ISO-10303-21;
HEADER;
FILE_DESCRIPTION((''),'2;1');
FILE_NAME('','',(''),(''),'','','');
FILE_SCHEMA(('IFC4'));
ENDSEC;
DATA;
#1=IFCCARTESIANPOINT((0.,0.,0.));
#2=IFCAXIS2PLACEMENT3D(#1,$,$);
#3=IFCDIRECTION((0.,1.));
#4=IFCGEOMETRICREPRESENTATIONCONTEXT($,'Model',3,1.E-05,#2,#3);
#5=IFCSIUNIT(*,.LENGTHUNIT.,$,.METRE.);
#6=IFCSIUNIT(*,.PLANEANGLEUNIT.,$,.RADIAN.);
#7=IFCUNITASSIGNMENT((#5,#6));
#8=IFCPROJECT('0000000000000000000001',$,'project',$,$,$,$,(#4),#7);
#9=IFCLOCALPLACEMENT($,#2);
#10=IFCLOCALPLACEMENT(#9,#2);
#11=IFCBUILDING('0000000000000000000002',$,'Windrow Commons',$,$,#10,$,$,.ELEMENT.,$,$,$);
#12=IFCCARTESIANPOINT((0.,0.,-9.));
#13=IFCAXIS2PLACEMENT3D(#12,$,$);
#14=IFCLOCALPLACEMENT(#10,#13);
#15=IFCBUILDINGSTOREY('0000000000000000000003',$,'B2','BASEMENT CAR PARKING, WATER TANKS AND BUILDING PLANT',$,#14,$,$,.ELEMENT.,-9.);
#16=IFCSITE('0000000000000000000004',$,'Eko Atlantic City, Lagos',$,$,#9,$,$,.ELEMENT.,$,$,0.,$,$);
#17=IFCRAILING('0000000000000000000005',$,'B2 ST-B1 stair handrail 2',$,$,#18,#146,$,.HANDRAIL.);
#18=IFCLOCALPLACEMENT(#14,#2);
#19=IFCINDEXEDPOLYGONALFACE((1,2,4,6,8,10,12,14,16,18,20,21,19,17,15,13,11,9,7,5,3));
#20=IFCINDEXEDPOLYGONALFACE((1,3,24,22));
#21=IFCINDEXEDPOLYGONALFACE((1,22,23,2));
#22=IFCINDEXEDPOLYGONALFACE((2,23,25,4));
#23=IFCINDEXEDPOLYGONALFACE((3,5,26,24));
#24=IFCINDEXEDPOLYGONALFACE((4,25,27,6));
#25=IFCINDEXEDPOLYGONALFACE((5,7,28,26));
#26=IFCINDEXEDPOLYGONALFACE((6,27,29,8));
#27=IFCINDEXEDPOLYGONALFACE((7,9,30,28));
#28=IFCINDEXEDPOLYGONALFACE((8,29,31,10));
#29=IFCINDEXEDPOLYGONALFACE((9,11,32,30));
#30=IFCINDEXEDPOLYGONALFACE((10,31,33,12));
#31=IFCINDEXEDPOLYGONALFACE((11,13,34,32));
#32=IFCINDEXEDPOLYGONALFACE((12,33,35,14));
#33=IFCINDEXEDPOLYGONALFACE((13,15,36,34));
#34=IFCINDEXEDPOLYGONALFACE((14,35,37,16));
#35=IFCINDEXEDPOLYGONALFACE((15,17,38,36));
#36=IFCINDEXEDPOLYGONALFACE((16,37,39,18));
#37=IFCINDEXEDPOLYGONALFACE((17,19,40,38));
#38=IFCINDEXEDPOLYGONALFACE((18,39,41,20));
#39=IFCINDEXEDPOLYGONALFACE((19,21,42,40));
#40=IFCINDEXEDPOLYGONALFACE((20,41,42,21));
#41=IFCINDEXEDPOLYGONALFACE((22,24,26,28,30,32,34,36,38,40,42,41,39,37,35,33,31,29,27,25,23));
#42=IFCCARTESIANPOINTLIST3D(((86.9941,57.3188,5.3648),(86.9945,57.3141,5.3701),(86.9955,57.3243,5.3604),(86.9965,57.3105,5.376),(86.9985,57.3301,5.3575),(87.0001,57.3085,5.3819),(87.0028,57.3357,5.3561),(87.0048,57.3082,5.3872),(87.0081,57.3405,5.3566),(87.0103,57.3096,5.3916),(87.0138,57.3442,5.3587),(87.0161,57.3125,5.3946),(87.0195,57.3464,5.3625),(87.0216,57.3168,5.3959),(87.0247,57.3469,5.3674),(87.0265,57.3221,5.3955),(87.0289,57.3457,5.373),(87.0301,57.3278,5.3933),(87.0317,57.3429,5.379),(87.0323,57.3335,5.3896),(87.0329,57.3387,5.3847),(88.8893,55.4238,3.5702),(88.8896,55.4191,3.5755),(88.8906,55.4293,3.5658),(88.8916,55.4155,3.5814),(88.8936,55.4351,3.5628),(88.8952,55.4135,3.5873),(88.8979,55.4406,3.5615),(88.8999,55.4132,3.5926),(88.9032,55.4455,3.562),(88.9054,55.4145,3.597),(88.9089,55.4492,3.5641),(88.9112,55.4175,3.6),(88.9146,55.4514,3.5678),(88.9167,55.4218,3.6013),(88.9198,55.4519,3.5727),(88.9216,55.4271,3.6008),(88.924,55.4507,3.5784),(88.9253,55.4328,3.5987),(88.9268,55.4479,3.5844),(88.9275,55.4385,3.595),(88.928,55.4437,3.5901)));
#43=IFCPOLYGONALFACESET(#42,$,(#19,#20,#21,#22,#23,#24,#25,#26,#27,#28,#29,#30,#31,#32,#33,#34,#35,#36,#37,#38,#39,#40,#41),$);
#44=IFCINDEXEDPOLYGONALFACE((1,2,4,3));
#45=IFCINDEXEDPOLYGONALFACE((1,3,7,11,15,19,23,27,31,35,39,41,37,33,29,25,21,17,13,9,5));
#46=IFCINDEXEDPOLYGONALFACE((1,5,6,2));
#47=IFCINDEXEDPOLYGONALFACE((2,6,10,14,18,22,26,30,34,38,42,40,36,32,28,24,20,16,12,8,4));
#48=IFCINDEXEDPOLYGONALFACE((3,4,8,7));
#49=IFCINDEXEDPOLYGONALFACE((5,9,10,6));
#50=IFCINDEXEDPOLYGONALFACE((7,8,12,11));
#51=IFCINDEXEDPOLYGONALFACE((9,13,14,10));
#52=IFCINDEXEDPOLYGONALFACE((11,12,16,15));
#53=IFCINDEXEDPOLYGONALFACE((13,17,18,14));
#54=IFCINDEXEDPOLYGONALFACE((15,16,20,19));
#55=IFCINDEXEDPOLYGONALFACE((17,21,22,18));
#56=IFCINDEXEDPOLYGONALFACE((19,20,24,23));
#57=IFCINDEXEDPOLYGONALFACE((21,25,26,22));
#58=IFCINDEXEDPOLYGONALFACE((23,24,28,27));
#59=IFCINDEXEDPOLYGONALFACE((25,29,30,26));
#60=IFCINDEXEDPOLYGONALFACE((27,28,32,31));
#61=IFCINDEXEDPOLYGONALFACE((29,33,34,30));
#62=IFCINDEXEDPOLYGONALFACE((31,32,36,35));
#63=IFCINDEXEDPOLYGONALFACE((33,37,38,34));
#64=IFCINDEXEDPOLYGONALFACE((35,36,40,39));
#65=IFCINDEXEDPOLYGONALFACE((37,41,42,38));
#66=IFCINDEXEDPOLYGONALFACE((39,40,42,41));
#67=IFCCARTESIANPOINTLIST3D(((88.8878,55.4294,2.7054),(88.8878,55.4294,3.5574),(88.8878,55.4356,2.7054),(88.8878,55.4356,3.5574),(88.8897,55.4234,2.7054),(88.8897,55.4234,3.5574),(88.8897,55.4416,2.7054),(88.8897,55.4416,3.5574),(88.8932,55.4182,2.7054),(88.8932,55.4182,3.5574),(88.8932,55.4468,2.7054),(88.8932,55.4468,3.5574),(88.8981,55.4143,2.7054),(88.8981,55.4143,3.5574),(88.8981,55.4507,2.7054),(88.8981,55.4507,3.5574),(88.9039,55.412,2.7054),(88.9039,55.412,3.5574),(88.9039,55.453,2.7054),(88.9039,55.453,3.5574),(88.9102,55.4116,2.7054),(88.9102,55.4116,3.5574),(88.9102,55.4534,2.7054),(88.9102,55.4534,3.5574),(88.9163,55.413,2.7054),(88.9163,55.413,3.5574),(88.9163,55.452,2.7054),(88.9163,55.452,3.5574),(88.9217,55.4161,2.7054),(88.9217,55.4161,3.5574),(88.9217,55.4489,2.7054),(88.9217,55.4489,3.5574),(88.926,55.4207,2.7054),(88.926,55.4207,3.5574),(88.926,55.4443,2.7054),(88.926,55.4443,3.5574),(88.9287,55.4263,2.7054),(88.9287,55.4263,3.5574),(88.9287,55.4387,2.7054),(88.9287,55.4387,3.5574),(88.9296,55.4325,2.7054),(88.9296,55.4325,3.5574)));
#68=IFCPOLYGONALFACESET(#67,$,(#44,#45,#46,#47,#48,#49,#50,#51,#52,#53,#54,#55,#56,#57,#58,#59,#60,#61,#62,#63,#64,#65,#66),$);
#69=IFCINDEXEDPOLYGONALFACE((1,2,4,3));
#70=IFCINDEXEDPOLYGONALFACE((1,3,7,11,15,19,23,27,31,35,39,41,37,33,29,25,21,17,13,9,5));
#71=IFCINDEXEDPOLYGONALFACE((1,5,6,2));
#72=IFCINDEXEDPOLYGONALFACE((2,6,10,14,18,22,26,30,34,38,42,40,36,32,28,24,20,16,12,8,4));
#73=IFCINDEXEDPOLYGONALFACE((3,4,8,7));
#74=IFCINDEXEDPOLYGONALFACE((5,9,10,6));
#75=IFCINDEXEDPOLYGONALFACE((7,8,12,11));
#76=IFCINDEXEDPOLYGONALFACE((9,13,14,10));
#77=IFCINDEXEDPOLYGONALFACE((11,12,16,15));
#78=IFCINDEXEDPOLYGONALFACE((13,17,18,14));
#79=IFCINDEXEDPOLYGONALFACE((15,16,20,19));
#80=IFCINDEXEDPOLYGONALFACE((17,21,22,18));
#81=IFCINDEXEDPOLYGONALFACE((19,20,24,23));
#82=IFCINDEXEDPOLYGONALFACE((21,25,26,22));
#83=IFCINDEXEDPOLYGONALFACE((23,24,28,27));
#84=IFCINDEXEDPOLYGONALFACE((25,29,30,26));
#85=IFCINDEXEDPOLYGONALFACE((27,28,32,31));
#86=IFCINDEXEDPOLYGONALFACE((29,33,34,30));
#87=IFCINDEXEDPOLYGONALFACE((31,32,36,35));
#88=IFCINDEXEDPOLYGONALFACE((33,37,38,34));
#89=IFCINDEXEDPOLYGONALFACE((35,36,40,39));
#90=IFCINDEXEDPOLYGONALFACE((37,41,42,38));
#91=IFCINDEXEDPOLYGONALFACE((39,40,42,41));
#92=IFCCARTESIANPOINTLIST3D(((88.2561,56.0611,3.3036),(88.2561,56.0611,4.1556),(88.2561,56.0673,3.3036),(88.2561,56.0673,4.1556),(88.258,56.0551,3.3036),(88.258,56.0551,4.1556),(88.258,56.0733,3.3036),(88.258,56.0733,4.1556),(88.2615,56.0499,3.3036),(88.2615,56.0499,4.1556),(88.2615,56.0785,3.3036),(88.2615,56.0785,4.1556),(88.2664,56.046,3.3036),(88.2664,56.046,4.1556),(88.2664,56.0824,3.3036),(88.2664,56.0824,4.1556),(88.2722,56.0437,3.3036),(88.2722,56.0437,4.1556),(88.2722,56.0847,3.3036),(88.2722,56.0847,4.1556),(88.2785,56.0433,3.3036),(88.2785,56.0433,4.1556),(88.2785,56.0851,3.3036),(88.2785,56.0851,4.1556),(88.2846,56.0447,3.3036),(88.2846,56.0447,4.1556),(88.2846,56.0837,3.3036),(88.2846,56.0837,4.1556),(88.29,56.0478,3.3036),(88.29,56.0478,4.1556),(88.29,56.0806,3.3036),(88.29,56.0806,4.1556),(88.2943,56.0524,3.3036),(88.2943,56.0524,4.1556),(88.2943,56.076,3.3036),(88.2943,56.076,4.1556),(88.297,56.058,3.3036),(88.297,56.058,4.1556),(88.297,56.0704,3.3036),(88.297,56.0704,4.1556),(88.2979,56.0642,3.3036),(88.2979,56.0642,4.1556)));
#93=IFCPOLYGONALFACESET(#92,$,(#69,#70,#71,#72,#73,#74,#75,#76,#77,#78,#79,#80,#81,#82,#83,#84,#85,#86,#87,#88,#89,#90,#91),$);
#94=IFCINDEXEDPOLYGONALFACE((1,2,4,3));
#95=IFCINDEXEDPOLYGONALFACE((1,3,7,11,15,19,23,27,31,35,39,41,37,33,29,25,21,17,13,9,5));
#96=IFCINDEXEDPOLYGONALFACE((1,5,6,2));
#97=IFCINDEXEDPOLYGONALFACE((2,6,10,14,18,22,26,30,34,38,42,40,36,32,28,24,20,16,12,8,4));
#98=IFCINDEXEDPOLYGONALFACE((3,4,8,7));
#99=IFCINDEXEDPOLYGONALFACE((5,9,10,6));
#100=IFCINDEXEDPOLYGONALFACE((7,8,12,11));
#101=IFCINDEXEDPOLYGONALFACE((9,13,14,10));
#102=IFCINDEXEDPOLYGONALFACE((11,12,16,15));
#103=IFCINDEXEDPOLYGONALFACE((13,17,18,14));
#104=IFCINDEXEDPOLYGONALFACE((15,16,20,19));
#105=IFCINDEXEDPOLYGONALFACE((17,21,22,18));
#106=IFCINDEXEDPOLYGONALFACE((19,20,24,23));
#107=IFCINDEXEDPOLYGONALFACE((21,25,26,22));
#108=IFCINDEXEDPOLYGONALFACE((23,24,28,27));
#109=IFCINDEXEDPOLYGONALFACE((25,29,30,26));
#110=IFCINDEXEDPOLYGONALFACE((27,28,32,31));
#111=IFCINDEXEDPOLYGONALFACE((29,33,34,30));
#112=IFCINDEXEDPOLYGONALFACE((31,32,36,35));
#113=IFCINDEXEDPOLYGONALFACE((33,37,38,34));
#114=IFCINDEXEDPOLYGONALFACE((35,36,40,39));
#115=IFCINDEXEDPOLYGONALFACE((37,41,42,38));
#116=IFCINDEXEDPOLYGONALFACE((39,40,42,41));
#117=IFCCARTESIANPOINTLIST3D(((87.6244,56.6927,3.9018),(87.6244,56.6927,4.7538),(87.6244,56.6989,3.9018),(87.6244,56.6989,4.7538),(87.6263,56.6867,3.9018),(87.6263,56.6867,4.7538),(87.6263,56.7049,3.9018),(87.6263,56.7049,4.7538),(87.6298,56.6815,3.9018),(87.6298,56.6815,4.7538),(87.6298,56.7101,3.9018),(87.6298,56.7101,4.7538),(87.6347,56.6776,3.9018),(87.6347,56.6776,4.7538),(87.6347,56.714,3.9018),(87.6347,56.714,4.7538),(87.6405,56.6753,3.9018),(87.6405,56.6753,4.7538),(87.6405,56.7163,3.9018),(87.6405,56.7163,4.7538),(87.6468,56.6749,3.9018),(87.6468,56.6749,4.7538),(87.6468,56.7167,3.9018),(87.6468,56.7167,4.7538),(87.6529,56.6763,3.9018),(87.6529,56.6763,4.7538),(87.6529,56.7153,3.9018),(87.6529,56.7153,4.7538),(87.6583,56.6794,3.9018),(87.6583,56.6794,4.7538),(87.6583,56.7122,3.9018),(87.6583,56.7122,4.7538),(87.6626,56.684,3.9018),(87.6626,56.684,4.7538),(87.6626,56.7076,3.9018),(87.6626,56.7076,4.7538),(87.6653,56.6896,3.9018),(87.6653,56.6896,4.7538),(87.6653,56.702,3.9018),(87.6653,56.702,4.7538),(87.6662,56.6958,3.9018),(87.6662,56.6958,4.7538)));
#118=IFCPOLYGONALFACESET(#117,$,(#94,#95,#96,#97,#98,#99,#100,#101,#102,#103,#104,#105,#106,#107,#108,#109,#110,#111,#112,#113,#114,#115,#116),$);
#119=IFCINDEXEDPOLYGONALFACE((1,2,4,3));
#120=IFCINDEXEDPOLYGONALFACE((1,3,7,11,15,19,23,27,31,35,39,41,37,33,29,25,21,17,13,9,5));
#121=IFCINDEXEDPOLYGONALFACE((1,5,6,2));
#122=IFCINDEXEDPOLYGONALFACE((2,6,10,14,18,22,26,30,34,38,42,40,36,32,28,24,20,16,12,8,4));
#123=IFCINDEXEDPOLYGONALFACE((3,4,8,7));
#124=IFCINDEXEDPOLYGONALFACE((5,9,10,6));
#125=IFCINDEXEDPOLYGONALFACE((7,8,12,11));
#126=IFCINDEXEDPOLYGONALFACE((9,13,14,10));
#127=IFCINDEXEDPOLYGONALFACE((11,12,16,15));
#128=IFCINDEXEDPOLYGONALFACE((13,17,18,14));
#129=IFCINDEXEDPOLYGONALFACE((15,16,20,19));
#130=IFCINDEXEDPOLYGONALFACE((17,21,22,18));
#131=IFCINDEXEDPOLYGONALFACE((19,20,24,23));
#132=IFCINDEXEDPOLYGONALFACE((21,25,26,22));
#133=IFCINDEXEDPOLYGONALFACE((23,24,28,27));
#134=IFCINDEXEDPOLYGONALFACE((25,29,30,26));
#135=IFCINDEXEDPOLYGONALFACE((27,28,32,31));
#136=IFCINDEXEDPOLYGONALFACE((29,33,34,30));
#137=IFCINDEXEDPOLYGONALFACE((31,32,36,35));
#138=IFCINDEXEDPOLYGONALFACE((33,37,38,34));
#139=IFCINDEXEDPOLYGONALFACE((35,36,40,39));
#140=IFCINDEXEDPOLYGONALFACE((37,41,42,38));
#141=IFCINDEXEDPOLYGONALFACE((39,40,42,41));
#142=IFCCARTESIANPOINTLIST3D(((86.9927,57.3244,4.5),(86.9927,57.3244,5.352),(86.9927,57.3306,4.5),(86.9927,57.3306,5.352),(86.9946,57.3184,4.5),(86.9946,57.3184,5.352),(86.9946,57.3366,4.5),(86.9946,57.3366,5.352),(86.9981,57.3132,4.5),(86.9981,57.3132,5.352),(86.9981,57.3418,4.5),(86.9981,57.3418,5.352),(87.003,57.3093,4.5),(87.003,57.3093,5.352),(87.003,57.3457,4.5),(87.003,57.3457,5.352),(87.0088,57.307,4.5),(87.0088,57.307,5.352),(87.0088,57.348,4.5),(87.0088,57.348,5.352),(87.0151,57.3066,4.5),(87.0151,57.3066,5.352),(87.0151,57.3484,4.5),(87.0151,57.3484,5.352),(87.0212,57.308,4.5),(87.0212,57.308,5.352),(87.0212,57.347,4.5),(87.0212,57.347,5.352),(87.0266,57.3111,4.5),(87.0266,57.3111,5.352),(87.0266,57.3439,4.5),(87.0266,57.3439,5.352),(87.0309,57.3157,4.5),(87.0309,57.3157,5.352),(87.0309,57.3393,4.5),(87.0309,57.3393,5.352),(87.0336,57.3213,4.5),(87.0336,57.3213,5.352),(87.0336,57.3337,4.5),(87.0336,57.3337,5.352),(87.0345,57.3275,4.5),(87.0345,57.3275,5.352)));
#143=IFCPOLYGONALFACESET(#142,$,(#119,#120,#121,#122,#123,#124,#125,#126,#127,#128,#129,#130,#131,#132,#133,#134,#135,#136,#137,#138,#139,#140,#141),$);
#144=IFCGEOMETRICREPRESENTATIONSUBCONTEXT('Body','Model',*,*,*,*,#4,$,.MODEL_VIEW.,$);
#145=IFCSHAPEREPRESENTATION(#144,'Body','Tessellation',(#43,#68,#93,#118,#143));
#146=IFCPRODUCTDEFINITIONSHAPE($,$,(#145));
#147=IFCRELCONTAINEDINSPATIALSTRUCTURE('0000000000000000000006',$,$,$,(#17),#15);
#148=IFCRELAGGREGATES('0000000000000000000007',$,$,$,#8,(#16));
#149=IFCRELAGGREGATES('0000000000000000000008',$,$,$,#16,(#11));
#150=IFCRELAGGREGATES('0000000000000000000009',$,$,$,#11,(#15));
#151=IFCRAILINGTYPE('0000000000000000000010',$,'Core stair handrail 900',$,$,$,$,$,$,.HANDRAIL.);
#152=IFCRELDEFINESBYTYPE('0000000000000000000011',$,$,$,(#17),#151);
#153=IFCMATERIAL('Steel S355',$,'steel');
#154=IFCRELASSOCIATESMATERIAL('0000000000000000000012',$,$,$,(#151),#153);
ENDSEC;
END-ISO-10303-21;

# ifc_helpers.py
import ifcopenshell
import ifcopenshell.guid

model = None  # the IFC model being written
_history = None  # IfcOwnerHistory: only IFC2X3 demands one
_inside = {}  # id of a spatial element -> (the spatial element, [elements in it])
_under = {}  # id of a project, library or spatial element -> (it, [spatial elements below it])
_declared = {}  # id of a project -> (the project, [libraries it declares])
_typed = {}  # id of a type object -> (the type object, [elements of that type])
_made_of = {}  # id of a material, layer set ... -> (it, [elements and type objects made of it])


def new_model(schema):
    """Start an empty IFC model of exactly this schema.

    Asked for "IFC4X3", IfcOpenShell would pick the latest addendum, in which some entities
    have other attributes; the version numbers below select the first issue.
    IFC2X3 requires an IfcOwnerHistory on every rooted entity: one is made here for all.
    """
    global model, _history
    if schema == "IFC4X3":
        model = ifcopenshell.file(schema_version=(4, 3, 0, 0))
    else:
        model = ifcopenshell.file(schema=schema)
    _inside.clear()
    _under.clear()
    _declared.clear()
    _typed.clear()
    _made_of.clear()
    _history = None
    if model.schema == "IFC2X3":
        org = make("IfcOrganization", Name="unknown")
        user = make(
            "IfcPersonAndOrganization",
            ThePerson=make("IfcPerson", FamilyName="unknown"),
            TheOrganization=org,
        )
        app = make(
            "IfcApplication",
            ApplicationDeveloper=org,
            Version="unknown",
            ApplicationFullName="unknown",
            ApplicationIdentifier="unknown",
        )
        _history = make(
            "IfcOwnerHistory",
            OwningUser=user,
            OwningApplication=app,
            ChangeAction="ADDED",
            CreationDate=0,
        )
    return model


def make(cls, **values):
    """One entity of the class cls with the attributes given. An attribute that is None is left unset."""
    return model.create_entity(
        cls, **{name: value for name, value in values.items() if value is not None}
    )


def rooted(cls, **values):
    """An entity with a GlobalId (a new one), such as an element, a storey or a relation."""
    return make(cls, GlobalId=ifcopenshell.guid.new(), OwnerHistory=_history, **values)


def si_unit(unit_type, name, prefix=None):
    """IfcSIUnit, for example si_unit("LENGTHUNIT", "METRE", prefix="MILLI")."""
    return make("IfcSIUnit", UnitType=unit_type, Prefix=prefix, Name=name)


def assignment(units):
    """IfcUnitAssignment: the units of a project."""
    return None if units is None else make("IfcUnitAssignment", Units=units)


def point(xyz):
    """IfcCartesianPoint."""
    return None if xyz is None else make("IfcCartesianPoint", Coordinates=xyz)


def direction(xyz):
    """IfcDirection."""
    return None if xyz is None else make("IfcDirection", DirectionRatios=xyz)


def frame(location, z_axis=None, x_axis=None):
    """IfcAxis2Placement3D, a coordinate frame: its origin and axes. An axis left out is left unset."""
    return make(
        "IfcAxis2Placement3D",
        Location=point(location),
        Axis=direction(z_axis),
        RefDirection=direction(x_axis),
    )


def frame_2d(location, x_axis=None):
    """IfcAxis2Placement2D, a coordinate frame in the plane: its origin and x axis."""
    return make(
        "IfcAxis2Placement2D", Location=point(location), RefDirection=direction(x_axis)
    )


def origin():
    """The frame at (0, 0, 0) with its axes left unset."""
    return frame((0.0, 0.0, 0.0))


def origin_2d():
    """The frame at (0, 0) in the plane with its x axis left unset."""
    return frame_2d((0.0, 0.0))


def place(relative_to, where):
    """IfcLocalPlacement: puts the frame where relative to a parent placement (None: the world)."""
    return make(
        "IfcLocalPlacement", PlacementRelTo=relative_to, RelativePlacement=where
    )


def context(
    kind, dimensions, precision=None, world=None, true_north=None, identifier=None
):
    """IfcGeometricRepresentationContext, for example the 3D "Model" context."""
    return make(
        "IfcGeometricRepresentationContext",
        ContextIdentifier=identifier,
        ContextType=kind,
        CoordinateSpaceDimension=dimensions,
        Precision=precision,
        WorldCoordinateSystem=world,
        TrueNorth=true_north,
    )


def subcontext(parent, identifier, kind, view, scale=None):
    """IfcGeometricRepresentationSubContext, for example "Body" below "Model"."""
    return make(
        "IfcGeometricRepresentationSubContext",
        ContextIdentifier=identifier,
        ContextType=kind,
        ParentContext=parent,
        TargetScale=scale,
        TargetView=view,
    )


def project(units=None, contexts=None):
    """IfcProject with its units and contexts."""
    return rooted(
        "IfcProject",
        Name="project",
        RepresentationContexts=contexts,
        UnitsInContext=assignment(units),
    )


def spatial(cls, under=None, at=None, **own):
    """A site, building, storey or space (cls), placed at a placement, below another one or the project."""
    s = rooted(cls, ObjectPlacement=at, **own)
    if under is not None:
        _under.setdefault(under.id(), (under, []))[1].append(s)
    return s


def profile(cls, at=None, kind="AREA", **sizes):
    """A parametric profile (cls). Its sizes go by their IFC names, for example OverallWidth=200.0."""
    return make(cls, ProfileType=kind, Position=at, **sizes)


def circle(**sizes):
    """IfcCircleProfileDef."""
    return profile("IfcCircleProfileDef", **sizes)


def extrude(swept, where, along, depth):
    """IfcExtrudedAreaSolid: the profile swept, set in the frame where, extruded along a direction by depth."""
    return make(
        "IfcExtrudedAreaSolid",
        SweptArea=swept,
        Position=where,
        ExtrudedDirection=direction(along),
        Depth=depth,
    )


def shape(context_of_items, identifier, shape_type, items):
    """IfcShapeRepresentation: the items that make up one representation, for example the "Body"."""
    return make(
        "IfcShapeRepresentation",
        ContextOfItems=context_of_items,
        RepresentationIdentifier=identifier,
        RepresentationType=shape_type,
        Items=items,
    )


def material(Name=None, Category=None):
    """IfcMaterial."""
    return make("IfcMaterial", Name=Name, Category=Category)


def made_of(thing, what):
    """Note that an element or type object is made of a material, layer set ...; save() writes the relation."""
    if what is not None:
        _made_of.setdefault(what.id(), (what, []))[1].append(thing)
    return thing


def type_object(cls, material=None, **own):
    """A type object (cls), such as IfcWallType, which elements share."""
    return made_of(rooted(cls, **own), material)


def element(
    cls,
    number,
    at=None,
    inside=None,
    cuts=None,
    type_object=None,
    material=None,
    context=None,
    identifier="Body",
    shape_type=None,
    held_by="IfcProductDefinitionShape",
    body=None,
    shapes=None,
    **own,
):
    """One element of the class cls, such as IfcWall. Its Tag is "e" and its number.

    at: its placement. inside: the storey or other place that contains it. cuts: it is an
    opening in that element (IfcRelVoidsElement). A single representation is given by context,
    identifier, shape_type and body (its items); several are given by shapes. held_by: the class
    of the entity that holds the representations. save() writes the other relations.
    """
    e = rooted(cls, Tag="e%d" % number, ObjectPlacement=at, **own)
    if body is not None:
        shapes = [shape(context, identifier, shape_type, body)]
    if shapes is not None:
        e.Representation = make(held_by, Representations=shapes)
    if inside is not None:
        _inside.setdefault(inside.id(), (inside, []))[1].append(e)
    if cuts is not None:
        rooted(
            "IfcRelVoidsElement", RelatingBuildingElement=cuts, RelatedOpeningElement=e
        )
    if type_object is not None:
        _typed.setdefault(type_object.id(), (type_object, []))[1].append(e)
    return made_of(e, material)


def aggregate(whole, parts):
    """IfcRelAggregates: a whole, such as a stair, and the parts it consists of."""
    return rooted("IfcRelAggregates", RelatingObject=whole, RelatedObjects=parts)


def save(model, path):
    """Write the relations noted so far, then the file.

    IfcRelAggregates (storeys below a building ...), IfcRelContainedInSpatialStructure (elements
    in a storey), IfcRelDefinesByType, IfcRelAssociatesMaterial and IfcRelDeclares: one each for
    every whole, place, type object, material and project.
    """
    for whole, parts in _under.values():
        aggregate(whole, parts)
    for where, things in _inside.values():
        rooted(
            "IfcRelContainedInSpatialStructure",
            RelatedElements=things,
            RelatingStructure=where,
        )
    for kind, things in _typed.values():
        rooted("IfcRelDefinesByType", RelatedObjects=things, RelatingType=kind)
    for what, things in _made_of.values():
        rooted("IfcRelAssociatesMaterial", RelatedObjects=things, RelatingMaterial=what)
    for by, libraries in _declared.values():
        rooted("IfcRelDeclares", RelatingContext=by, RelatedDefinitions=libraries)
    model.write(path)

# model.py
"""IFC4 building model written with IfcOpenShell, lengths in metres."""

from ifc_helpers import new_model, si_unit, direction, frame, origin, origin_2d, place, context, subcontext, project, spatial, circle, extrude, material, type_object, element, save


model = new_model("IFC4")

# Units and contexts
model_context = context("Model", 3, precision=1e-05, world=origin(), true_north=direction((0.0, 1.0)))
body_context = subcontext(model_context, "Body", "Model", "MODEL_VIEW")
ifc_project = project(units=[si_unit("LENGTHUNIT", "METRE"), si_unit("PLANEANGLEUNIT", "RADIAN")], contexts=[model_context])

# Site, building, storey
site_placement = place(None, origin())
site = spatial("IfcSite", under=ifc_project, at=site_placement, Name="Eko Atlantic City, Lagos", CompositionType="ELEMENT", RefElevation=0.0)
building_placement = place(site_placement, origin())
building = spatial("IfcBuilding", under=site, at=building_placement, Name="Windrow Commons", CompositionType="ELEMENT")
storey_placement = place(building_placement, frame((0.0, 0.0, -9.0)))
storey = spatial("IfcBuildingStorey", under=building, at=storey_placement, Name="B2", Description="BASEMENT CAR PARKING, WATER TANKS AND BUILDING PLANT", CompositionType="ELEMENT", Elevation=-9.0)

# Railing
ifc_material_1 = material(Name="Steel S355", Category="steel")
railing_type_1 = type_object("IfcRailingType", Name="Core stair handrail 900", PredefinedType="HANDRAIL", material=ifc_material_1)
for number, where, name in (
    (1, (88.9086, 55.4325, 2.7054), "B2 ST-B1 stair handrail 2"),
):
    element("IfcRailing", number, at=place(storey_placement, frame(where)), inside=storey, type_object=railing_type_1, Name=name, PredefinedType="HANDRAIL", context=body_context, shape_type="SweptSolid", body=[
        extrude(circle(Radius=0.024, at=origin_2d()), frame((0.0, 0.0, 0.876), z_axis=(-0.58756, 0.587529, 0.556401), x_axis=(-0.707088, -0.707125, 0.0)), (0.0, 0.0, 1.0), 3.2254),
        extrude(circle(Radius=0.021, at=origin_2d()), origin(), (0.0, 0.0, 1.0), 0.852),
        extrude(circle(Radius=0.021, at=origin_2d()), frame((-0.6317, 0.6317, 0.5982)), (0.0, 0.0, 1.0), 0.852),
        extrude(circle(Radius=0.021, at=origin_2d()), frame((-1.2634, 1.2633, 1.1964)), (0.0, 0.0, 1.0), 0.852),
        extrude(circle(Radius=0.021, at=origin_2d()), frame((-1.8951, 1.895, 1.7946)), (0.0, 0.0, 1.0), 0.852),
    ])

save(model, "model.ifc")
